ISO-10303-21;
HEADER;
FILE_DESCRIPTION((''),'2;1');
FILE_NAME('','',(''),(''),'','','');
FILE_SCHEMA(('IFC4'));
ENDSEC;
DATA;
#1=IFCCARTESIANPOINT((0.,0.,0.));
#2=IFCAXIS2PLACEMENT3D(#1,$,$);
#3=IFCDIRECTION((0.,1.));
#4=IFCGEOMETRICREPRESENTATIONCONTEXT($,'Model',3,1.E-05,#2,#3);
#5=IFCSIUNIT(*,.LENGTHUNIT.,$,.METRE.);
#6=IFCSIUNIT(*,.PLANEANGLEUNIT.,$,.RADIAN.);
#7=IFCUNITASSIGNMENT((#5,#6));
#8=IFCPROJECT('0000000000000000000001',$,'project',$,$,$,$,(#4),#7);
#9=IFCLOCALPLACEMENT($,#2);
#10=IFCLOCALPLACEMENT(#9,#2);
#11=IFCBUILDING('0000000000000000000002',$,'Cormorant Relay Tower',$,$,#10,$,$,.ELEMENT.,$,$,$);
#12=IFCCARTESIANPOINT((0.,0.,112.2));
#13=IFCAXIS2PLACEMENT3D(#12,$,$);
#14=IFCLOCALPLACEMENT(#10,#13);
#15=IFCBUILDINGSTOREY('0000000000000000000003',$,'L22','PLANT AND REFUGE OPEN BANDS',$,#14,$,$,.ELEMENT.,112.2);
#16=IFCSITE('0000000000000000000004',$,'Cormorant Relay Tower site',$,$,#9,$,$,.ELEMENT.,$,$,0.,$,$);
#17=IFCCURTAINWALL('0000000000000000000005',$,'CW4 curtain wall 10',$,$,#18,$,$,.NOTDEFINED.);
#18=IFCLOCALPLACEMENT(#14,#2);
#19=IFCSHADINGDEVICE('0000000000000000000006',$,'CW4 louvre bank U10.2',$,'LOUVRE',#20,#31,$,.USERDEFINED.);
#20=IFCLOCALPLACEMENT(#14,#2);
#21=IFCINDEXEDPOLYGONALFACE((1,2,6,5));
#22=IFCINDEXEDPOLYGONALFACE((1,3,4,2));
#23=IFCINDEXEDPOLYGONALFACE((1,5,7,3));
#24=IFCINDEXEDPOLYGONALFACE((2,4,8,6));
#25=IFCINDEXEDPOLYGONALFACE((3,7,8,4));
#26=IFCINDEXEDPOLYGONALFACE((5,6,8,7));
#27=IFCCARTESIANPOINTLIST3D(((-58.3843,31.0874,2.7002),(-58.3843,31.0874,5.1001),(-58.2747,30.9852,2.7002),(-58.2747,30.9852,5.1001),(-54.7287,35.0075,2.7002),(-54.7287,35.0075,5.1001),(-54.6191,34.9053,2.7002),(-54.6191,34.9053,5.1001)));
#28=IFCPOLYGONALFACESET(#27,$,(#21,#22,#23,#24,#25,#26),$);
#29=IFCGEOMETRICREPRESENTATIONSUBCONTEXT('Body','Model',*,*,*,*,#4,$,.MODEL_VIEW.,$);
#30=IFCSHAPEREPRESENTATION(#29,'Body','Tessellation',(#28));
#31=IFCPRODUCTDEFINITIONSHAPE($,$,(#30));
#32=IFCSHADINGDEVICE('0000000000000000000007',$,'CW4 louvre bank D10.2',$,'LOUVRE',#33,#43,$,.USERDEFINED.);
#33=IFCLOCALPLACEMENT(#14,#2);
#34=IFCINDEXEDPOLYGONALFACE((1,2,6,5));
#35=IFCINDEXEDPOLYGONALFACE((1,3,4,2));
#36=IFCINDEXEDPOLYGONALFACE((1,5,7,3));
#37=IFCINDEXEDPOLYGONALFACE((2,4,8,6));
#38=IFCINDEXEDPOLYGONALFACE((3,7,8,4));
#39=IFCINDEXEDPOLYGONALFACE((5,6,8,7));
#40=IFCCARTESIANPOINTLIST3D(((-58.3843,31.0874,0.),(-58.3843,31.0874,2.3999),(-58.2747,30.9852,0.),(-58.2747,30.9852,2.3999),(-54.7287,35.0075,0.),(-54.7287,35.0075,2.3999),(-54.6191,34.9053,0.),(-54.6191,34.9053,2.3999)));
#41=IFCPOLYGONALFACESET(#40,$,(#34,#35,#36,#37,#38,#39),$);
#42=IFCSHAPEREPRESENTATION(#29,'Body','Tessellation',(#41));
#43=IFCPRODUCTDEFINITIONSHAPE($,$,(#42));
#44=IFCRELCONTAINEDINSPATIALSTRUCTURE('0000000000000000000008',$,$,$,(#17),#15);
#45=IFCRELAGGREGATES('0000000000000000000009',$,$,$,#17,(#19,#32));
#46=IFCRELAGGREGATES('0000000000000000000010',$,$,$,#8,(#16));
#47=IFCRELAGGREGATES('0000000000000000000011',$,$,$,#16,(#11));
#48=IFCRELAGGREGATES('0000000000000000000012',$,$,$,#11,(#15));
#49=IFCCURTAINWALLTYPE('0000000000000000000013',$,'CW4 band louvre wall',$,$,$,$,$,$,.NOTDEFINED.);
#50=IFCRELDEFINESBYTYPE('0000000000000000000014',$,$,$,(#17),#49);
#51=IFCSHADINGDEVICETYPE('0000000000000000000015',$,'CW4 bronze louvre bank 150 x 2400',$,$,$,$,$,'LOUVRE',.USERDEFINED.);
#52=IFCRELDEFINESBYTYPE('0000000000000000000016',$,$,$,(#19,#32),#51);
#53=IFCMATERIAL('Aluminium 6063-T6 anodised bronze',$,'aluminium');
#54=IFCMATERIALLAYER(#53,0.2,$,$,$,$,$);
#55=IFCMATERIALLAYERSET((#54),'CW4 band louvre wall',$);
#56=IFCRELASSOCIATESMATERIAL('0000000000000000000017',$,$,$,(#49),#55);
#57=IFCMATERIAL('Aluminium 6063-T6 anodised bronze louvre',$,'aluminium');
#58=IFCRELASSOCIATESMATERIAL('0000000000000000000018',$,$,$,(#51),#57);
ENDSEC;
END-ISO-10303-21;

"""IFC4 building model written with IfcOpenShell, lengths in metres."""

from ifc_helpers import new_model, si_unit, direction, frame, origin, origin_2d, place, context, subcontext, project, spatial, rectangle, extrude, material, layer, layer_set, type_object, element, aggregate, save


model = new_model("IFC4")

# Units and contexts
model_context = context("Model", 3, precision=1e-05, world=origin(), true_north=direction((0.0, 1.0)))
body_context = subcontext(model_context, "Body", "Model", "MODEL_VIEW")
ifc_project = project(units=[si_unit("LENGTHUNIT", "METRE"), si_unit("PLANEANGLEUNIT", "RADIAN")], contexts=[model_context])

# Site, building, storey
site_placement = place(None, origin())
site = spatial("IfcSite", under=ifc_project, at=site_placement, Name="Cormorant Relay Tower site", CompositionType="ELEMENT", RefElevation=0.0)
building_placement = place(site_placement, origin())
building = spatial("IfcBuilding", under=site, at=building_placement, Name="Cormorant Relay Tower", CompositionType="ELEMENT")
storey_placement = place(building_placement, frame((0.0, 0.0, 112.2)))
storey = spatial("IfcBuildingStorey", under=building, at=storey_placement, Name="L22", Description="PLANT AND REFUGE OPEN BANDS", CompositionType="ELEMENT", Elevation=112.2)

# Curtain wall
ifc_material_1 = material(Name="Aluminium 6063-T6 anodised bronze", Category="aluminium")
ifc_layer_1 = layer(ifc_material_1, 0.2)
ifc_layer_set_1 = layer_set([ifc_layer_1], Name="CW4 band louvre wall")
curtain_wall_type = type_object("IfcCurtainWallType", Name="CW4 band louvre wall", PredefinedType="NOTDEFINED", material=ifc_layer_set_1)
curtain_wall_1_placement = place(storey_placement, origin())
curtain_wall_1 = element("IfcCurtainWall", 1, at=curtain_wall_1_placement, inside=storey, type_object=curtain_wall_type, Name="CW4 curtain wall 10", PredefinedType="NOTDEFINED")

# Shared definitions
ifc_material_2 = material(Name="Aluminium 6063-T6 anodised bronze louvre", Category="aluminium")
shading_device_type = type_object("IfcShadingDeviceType", Name="CW4 bronze louvre bank 150 x 2400", ElementType="LOUVRE", PredefinedType="USERDEFINED", material=ifc_material_2)

# Shading devices
shading_device_1_placement = place(storey_placement, frame((-56.5017, 32.9963, 2.7002), z_axis=(0.0, 0.0, 1.0), x_axis=(-0.681998, -0.731354, 0.0)))
shading_device_1 = element("IfcShadingDevice", 2, at=shading_device_1_placement, type_object=shading_device_type, Name="CW4 louvre bank U10.2", ObjectType="LOUVRE", PredefinedType="USERDEFINED", context=body_context, shape_type="SweptSolid", body=[
    extrude(rectangle(XDim=5.3601, YDim=0.1499, at=origin_2d()), origin(), (0.0, 0.0, 1.0), 2.3999),
])
shading_device_2_placement = place(storey_placement, frame((-56.5017, 32.9963, 0.0), z_axis=(0.0, 0.0, 1.0), x_axis=(-0.681998, -0.731354, 0.0)))
shading_device_2 = element("IfcShadingDevice", 3, at=shading_device_2_placement, type_object=shading_device_type, Name="CW4 louvre bank D10.2", ObjectType="LOUVRE", PredefinedType="USERDEFINED", context=body_context, shape_type="SweptSolid", body=[
    extrude(rectangle(XDim=5.3601, YDim=0.1499, at=origin_2d()), origin(), (0.0, 0.0, 1.0), 2.3999),
])
aggregate(curtain_wall_1, [shading_device_1, shading_device_2])

save(model, "model.ifc")
